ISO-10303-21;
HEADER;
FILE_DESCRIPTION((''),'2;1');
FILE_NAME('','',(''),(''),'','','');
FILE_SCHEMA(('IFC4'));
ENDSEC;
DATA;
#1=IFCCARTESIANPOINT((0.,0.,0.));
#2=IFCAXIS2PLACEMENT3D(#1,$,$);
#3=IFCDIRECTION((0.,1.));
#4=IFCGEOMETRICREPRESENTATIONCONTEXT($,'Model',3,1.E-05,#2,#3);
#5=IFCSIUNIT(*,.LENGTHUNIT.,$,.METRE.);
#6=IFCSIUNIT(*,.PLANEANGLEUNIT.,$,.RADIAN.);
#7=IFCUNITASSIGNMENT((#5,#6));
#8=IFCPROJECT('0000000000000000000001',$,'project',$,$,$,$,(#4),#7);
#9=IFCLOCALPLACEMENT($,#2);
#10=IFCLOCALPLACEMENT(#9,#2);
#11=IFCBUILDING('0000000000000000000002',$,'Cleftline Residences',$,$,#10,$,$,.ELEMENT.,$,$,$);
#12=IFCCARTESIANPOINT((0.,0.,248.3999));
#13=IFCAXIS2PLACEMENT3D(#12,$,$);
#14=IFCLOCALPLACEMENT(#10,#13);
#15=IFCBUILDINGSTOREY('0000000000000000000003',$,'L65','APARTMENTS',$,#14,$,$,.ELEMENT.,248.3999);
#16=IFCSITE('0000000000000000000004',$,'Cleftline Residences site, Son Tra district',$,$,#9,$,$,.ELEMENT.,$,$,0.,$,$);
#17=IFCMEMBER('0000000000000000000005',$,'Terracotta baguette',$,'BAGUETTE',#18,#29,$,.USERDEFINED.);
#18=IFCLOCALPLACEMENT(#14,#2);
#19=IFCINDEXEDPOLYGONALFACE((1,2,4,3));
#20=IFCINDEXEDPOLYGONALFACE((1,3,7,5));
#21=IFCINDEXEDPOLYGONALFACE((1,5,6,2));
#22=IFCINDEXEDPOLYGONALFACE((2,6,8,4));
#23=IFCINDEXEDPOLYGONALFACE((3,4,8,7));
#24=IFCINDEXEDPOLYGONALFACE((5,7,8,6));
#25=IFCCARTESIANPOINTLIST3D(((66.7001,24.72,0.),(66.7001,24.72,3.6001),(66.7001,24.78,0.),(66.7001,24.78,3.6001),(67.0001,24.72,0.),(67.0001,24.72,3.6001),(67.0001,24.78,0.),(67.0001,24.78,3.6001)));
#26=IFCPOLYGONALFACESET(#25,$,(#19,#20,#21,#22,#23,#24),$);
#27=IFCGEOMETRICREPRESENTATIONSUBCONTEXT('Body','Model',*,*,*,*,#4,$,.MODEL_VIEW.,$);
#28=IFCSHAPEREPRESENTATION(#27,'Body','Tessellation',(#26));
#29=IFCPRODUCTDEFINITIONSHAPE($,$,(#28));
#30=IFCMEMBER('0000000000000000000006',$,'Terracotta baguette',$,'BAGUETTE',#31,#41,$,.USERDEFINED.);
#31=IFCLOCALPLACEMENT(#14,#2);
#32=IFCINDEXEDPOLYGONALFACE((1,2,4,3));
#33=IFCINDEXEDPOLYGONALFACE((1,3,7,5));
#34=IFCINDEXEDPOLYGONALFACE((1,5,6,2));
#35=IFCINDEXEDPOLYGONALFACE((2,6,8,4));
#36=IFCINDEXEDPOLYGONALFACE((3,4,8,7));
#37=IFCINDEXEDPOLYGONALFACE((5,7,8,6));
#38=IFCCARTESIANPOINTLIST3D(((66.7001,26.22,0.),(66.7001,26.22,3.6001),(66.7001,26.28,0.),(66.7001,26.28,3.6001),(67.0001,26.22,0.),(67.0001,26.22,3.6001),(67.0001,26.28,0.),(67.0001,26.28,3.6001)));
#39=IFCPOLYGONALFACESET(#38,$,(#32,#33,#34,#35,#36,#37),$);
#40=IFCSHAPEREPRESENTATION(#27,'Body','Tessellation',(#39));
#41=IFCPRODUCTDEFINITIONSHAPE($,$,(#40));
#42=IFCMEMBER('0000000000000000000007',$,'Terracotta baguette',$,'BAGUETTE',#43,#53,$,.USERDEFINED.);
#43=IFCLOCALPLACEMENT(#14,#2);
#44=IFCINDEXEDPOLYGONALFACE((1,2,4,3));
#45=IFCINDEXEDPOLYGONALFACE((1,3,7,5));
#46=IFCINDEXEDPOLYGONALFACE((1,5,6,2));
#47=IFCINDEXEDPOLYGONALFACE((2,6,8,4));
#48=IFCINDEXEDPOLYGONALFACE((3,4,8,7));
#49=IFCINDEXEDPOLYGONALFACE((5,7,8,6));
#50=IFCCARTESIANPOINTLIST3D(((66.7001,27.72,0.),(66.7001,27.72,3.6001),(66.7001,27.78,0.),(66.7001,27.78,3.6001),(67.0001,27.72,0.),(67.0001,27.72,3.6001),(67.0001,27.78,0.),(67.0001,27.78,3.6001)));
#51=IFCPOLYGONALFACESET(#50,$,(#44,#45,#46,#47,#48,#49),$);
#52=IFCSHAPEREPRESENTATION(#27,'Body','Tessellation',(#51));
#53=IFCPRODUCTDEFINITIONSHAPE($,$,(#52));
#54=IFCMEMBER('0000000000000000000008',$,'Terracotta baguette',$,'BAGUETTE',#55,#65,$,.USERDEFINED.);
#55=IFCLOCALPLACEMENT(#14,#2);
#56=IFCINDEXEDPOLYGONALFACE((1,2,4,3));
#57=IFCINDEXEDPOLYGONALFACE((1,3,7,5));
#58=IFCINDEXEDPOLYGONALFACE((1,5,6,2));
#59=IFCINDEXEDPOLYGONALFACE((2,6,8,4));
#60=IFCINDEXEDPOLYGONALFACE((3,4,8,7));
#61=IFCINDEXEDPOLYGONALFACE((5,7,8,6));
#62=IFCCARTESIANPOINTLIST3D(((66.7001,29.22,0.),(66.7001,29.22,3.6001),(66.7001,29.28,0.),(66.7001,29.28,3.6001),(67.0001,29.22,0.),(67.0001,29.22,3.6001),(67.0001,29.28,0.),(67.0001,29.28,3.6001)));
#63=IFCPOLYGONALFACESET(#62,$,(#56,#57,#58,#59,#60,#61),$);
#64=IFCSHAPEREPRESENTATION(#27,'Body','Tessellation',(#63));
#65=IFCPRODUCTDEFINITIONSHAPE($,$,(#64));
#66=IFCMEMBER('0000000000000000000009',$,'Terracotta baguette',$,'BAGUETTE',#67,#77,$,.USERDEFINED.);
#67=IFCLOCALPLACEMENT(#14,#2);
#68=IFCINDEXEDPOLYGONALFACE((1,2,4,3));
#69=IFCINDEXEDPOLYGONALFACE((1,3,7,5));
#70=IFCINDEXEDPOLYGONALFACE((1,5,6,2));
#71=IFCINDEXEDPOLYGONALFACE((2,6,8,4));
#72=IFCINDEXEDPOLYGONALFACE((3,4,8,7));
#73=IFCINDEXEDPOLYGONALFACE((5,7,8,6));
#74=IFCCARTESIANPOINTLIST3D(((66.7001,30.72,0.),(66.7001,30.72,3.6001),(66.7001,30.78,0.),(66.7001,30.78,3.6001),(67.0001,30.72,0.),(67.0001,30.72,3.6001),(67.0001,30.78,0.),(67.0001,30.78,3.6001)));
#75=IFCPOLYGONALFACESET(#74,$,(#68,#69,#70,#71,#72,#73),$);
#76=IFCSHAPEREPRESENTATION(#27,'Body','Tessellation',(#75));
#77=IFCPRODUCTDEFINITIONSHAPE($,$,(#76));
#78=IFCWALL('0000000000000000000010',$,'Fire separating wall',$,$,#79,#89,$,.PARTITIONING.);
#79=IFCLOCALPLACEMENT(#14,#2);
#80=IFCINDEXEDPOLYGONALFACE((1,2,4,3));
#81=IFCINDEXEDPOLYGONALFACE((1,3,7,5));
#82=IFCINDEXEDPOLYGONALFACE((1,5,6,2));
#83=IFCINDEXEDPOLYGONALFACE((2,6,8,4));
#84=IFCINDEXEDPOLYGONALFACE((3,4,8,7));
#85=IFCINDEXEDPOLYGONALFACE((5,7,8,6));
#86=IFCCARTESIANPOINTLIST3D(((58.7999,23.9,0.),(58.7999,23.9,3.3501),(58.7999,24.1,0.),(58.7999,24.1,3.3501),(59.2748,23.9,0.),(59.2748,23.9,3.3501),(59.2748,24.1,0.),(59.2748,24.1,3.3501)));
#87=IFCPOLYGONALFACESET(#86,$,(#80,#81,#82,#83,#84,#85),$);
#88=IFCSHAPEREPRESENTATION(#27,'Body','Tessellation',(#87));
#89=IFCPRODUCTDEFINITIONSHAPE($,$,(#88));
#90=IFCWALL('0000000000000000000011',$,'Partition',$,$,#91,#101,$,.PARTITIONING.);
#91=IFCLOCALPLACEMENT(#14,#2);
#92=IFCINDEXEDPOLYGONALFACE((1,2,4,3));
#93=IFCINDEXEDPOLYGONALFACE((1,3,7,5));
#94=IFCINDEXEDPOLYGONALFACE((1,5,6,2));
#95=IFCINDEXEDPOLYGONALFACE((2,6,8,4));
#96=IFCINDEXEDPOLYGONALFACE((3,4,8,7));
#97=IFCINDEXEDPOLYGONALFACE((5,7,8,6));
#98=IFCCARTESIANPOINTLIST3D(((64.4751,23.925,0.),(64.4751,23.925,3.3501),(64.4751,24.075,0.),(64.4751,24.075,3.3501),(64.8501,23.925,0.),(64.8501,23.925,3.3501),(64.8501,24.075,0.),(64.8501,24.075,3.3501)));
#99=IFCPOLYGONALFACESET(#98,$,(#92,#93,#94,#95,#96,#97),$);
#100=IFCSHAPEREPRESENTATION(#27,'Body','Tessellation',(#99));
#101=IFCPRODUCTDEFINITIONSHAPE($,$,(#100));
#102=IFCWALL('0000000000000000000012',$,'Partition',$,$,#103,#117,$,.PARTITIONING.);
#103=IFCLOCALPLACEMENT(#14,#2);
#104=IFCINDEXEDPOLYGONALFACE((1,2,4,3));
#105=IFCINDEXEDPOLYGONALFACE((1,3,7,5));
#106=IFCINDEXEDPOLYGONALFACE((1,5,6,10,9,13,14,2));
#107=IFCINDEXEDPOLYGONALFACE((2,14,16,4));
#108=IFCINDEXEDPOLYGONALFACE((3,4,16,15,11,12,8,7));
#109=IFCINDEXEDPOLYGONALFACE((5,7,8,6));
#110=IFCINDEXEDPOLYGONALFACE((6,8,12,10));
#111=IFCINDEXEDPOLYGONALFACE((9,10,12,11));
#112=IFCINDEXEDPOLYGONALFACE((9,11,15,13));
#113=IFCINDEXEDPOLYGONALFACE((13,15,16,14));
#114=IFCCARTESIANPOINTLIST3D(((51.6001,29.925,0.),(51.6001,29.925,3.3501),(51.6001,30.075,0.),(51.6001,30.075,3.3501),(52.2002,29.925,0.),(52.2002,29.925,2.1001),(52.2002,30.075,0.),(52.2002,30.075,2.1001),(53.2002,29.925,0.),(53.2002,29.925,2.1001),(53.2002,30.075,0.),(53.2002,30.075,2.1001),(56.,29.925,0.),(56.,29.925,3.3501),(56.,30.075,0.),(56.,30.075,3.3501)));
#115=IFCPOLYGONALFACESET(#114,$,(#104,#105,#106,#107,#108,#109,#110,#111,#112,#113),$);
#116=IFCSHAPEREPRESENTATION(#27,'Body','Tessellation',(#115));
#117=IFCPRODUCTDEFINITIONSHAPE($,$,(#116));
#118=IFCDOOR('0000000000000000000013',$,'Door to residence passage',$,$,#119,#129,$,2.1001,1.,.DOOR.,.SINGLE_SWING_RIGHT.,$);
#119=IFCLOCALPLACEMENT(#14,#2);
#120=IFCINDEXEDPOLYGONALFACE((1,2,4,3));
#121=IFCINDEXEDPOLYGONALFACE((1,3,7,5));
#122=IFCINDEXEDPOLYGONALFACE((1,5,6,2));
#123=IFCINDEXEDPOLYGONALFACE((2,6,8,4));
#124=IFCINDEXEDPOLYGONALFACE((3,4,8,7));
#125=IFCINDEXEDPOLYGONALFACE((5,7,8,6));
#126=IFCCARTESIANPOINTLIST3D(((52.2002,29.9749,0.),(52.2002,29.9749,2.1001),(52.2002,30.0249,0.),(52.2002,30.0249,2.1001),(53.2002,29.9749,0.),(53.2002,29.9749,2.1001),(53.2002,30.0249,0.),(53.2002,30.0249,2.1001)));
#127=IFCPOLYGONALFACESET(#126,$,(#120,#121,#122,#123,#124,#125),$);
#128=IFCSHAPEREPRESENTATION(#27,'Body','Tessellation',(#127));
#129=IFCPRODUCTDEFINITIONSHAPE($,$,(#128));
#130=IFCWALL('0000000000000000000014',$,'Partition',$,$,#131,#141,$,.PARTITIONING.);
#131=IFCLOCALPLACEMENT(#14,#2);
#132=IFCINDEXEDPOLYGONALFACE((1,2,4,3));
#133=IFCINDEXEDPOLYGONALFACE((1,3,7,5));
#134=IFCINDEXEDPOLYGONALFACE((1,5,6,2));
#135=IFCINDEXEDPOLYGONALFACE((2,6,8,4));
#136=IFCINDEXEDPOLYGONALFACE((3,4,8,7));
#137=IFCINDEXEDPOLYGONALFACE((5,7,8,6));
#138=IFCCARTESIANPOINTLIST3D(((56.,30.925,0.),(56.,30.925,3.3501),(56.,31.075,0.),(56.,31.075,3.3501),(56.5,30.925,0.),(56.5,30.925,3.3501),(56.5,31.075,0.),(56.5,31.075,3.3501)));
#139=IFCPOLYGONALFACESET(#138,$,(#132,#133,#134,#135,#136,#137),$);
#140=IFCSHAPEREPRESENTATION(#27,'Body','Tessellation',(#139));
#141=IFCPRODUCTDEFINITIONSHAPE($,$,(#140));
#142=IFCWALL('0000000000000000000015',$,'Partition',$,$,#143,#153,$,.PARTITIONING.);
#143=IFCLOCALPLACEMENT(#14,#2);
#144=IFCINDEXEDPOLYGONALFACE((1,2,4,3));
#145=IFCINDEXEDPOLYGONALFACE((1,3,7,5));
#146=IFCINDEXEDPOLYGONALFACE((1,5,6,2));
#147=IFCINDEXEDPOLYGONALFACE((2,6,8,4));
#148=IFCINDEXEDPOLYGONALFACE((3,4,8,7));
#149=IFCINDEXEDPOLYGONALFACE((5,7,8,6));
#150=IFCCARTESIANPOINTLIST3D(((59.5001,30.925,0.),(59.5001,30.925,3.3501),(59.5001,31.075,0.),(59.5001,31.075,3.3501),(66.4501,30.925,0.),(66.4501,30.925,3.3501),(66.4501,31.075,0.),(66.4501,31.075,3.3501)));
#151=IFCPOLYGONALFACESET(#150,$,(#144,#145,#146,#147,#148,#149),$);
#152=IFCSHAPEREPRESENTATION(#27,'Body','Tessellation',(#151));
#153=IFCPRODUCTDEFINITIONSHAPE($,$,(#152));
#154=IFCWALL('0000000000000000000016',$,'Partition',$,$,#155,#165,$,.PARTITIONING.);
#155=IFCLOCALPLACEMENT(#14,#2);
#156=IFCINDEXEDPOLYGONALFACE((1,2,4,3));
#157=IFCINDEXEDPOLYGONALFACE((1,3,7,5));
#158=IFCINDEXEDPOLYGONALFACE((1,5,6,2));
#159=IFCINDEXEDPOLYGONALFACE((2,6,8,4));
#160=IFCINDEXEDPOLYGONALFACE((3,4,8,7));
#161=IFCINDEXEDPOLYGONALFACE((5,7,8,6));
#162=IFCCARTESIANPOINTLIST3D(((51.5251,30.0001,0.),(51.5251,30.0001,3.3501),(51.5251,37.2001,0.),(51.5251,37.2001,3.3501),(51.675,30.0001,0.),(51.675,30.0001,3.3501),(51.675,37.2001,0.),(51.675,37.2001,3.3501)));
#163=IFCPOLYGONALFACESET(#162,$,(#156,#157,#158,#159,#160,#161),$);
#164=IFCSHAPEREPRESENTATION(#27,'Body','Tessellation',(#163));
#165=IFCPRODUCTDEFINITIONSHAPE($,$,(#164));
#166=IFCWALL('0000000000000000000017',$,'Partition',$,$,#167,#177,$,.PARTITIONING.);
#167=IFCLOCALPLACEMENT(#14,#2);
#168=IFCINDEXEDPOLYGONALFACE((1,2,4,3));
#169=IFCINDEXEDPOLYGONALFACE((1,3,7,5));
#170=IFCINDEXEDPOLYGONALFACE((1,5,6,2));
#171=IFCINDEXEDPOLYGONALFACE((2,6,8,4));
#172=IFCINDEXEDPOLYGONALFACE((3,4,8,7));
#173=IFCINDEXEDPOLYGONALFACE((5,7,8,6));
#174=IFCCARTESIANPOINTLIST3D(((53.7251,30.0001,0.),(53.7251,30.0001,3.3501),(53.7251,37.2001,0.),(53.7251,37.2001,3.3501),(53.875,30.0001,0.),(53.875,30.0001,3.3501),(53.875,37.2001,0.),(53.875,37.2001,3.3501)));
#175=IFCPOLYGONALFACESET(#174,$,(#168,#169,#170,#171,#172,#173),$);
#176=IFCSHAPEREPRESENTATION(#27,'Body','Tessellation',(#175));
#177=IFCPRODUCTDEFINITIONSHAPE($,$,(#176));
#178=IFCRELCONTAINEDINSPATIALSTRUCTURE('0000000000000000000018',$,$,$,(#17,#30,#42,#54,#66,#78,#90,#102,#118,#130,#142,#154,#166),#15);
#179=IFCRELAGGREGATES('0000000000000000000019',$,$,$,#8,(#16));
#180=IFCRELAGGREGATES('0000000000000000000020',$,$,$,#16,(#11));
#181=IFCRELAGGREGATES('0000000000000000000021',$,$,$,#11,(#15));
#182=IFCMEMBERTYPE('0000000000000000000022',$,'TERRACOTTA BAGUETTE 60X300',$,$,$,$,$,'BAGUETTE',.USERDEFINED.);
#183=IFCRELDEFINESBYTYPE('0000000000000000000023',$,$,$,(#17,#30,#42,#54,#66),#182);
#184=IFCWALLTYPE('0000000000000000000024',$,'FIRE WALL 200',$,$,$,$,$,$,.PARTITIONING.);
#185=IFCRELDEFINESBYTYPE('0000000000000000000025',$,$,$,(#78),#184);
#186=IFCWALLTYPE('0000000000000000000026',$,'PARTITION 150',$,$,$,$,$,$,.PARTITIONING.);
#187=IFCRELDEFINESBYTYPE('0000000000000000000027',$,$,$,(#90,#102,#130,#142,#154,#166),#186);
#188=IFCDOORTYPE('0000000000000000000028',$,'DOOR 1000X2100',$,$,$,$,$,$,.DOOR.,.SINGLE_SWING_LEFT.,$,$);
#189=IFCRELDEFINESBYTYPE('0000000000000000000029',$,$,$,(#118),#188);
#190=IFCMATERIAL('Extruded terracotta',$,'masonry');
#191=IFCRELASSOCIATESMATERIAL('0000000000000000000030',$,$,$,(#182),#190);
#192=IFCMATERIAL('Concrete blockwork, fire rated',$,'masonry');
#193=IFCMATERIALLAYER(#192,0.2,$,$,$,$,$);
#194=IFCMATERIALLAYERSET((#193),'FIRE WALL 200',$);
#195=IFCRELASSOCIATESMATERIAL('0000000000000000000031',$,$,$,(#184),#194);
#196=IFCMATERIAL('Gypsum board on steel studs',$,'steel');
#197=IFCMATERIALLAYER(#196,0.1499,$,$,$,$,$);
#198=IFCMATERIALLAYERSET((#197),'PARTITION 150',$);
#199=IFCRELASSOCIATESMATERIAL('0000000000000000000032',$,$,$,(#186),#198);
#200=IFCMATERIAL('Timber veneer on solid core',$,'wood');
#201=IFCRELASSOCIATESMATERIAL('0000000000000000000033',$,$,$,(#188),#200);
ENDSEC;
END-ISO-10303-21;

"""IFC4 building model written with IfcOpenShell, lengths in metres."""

from ifc_helpers import new_model, si_unit, direction, frame, frame_2d, origin, origin_2d, place, context, subcontext, project, spatial, rectangle, extrude, material, layer, layer_set, material_profile, profile_set, type_object, element, fill, save


model = new_model("IFC4")

# Units and contexts
model_context = context("Model", 3, precision=1e-05, world=origin(), true_north=direction((0.0, 1.0)))
body_context = subcontext(model_context, "Body", "Model", "MODEL_VIEW")
ifc_project = project(units=[si_unit("LENGTHUNIT", "METRE"), si_unit("PLANEANGLEUNIT", "RADIAN")], contexts=[model_context])

# Site, building, storey
site_placement = place(None, origin())
site = spatial("IfcSite", under=ifc_project, at=site_placement, Name="Cleftline Residences site, Son Tra district", CompositionType="ELEMENT", RefElevation=0.0)
building_placement = place(site_placement, origin())
building = spatial("IfcBuilding", under=site, at=building_placement, Name="Cleftline Residences", CompositionType="ELEMENT")
storey_placement = place(building_placement, frame((0.0, 0.0, 248.3999)))
storey = spatial("IfcBuildingStorey", under=building, at=storey_placement, Name="L65", Description="APARTMENTS", CompositionType="ELEMENT", Elevation=248.3999)

# Members
ifc_material_1 = material(Name="Extruded terracotta", Category="masonry")
ifc_material_profile_1 = material_profile(ifc_material_1, rectangle(XDim=0.0601, YDim=0.3, at=origin_2d()))
ifc_profile_set_1 = profile_set([ifc_material_profile_1], Name="Extruded terracotta")
member_type_1 = type_object("IfcMemberType", Name="TERRACOTTA BAGUETTE 60X300", ElementType="BAGUETTE", PredefinedType="USERDEFINED", material=ifc_profile_set_1)
for number, where, z_axis, x_axis, name in (
    (1, (66.8501, 24.75, 0.0), (0.0, 0.0, 1.0), (0.0, 1.0, 0.0), "Terracotta baguette"),
    (2, (66.8501, 26.25, 0.0), (0.0, 0.0, 1.0), (0.0, 1.0, 0.0), "Terracotta baguette"),
    (3, (66.8501, 27.75, 0.0), (0.0, 0.0, 1.0), (0.0, 1.0, 0.0), "Terracotta baguette"),
    (4, (66.8501, 29.25, 0.0), (0.0, 0.0, 1.0), (0.0, 1.0, 0.0), "Terracotta baguette"),
    (5, (66.8501, 30.75, 0.0), (0.0, 0.0, 1.0), (0.0, 1.0, 0.0), "Terracotta baguette"),
):
    element("IfcMember", number, at=place(storey_placement, frame(where, z_axis=z_axis, x_axis=x_axis)), inside=storey, type_object=member_type_1, Name=name, ObjectType="BAGUETTE", PredefinedType="USERDEFINED", context=body_context, shape_type="SweptSolid", body=[
        extrude(rectangle(XDim=0.0601, YDim=0.3, at=origin_2d()), origin(), (0.0, 0.0, 1.0), 3.6001),
    ])

# Walls
ifc_material_2 = material(Name="Concrete blockwork, fire rated", Category="masonry")
ifc_layer_1 = layer(ifc_material_2, 0.2)
ifc_layer_set_1 = layer_set([ifc_layer_1], Name="FIRE WALL 200")
wall_type_1 = type_object("IfcWallType", Name="FIRE WALL 200", PredefinedType="PARTITIONING", material=ifc_layer_set_1)
wall_1_placement = place(storey_placement, frame((58.8, 24.0, 0.0), z_axis=(0.0, 0.0, 1.0), x_axis=(1.0, 0.0, 0.0)))
element("IfcWall", 6, at=wall_1_placement, inside=storey, type_object=wall_type_1, Name="Fire separating wall", PredefinedType="PARTITIONING", context=body_context, shape_type="SweptSolid", body=[
    extrude(rectangle(XDim=0.4749, YDim=0.2, at=frame_2d((0.2373, 0.0))), origin(), (0.0, 0.0, 1.0), 3.3501),
])
ifc_material_3 = material(Name="Gypsum board on steel studs", Category="steel")
ifc_layer_2 = layer(ifc_material_3, 0.1499)
ifc_layer_set_2 = layer_set([ifc_layer_2], Name="PARTITION 150")
wall_type_2 = type_object("IfcWallType", Name="PARTITION 150", PredefinedType="PARTITIONING", material=ifc_layer_set_2)
wall_2_placement = place(storey_placement, frame((64.4751, 24.0, 0.0), z_axis=(0.0, 0.0, 1.0), x_axis=(1.0, 0.0, 0.0)))
element("IfcWall", 7, at=wall_2_placement, inside=storey, type_object=wall_type_2, Name="Partition", PredefinedType="PARTITIONING", context=body_context, shape_type="SweptSolid", body=[
    extrude(rectangle(XDim=0.375, YDim=0.1499, at=frame_2d((0.1875, 0.0))), origin(), (0.0, 0.0, 1.0), 3.3501),
])

# Wall, opening, door
wall_3_placement = place(storey_placement, frame((51.6001, 30.0, 0.0), z_axis=(0.0, 0.0, 1.0), x_axis=(1.0, 0.0, 0.0)))
wall_3 = element("IfcWall", 8, at=wall_3_placement, inside=storey, type_object=wall_type_2, Name="Partition", PredefinedType="PARTITIONING", context=body_context, shape_type="SweptSolid", body=[
    extrude(rectangle(XDim=4.3999, YDim=0.1499, at=frame_2d((2.2, 0.0))), origin(), (0.0, 0.0, 1.0), 3.3501),
])
opening_1_placement = place(wall_3_placement, frame((0.6001, 0.0, 0.0)))
opening_1 = element("IfcOpeningElement", 9, at=opening_1_placement, cuts=wall_3, PredefinedType="OPENING", context=body_context, shape_type="SweptSolid", body=[
    extrude(rectangle(XDim=1.0, YDim=2.1001, at=frame_2d((0.5, 1.05))), frame((0.0, 0.085, 0.0), z_axis=(0.0, -1.0, 0.0), x_axis=(1.0, 0.0, 0.0)), (0.0, 0.0, 1.0), 0.1699),
])
ifc_material_4 = material(Name="Timber veneer on solid core", Category="wood")
door_type_1 = type_object("IfcDoorType", Name="DOOR 1000X2100", OperationType="SINGLE_SWING_LEFT", PredefinedType="DOOR", material=ifc_material_4)
door_1_placement = place(opening_1_placement, origin())
door_1 = element("IfcDoor", 10, at=door_1_placement, inside=storey, type_object=door_type_1, Name="Door to residence passage", OperationType="SINGLE_SWING_RIGHT", OverallHeight=2.1001, OverallWidth=1.0, PredefinedType="DOOR", context=body_context, shape_type="SweptSolid", body=[
    extrude(rectangle(XDim=1.0, YDim=2.1001, at=frame_2d((0.5, 1.05))), frame((0.0, 0.0249, 0.0), z_axis=(0.0, -1.0, 0.0), x_axis=(1.0, 0.0, 0.0)), (0.0, 0.0, 1.0), 0.05),
])
fill(opening_1, door_1)

# Walls
wall_4_placement = place(storey_placement, frame((56.0, 31.0, 0.0), z_axis=(0.0, 0.0, 1.0), x_axis=(1.0, 0.0, 0.0)))
element("IfcWall", 11, at=wall_4_placement, inside=storey, type_object=wall_type_2, Name="Partition", PredefinedType="PARTITIONING", context=body_context, shape_type="SweptSolid", body=[
    extrude(rectangle(XDim=0.5, YDim=0.1499, at=frame_2d((0.25, 0.0))), origin(), (0.0, 0.0, 1.0), 3.3501),
])
wall_5_placement = place(storey_placement, frame((59.5, 31.0, 0.0), z_axis=(0.0, 0.0, 1.0), x_axis=(1.0, 0.0, 0.0)))
element("IfcWall", 12, at=wall_5_placement, inside=storey, type_object=wall_type_2, Name="Partition", PredefinedType="PARTITIONING", context=body_context, shape_type="SweptSolid", body=[
    extrude(rectangle(XDim=6.95, YDim=0.1499, at=frame_2d((3.4751, 0.0))), origin(), (0.0, 0.0, 1.0), 3.3501),
])
for number, where, z_axis, x_axis, name in (
    (13, (51.6001, 30.0, 0.0), (0.0, 0.0, 1.0), (0.0, 1.0, 0.0), "Partition"),
    (14, (53.8, 30.0, 0.0), (0.0, 0.0, 1.0), (0.0, 1.0, 0.0), "Partition"),
):
    element("IfcWall", number, at=place(storey_placement, frame(where, z_axis=z_axis, x_axis=x_axis)), inside=storey, type_object=wall_type_2, Name=name, PredefinedType="PARTITIONING", context=body_context, shape_type="SweptSolid", body=[
        extrude(rectangle(XDim=7.2, YDim=0.1499, at=frame_2d((3.6001, 0.0))), origin(), (0.0, 0.0, 1.0), 3.3501),
    ])

save(model, "model.ifc")
